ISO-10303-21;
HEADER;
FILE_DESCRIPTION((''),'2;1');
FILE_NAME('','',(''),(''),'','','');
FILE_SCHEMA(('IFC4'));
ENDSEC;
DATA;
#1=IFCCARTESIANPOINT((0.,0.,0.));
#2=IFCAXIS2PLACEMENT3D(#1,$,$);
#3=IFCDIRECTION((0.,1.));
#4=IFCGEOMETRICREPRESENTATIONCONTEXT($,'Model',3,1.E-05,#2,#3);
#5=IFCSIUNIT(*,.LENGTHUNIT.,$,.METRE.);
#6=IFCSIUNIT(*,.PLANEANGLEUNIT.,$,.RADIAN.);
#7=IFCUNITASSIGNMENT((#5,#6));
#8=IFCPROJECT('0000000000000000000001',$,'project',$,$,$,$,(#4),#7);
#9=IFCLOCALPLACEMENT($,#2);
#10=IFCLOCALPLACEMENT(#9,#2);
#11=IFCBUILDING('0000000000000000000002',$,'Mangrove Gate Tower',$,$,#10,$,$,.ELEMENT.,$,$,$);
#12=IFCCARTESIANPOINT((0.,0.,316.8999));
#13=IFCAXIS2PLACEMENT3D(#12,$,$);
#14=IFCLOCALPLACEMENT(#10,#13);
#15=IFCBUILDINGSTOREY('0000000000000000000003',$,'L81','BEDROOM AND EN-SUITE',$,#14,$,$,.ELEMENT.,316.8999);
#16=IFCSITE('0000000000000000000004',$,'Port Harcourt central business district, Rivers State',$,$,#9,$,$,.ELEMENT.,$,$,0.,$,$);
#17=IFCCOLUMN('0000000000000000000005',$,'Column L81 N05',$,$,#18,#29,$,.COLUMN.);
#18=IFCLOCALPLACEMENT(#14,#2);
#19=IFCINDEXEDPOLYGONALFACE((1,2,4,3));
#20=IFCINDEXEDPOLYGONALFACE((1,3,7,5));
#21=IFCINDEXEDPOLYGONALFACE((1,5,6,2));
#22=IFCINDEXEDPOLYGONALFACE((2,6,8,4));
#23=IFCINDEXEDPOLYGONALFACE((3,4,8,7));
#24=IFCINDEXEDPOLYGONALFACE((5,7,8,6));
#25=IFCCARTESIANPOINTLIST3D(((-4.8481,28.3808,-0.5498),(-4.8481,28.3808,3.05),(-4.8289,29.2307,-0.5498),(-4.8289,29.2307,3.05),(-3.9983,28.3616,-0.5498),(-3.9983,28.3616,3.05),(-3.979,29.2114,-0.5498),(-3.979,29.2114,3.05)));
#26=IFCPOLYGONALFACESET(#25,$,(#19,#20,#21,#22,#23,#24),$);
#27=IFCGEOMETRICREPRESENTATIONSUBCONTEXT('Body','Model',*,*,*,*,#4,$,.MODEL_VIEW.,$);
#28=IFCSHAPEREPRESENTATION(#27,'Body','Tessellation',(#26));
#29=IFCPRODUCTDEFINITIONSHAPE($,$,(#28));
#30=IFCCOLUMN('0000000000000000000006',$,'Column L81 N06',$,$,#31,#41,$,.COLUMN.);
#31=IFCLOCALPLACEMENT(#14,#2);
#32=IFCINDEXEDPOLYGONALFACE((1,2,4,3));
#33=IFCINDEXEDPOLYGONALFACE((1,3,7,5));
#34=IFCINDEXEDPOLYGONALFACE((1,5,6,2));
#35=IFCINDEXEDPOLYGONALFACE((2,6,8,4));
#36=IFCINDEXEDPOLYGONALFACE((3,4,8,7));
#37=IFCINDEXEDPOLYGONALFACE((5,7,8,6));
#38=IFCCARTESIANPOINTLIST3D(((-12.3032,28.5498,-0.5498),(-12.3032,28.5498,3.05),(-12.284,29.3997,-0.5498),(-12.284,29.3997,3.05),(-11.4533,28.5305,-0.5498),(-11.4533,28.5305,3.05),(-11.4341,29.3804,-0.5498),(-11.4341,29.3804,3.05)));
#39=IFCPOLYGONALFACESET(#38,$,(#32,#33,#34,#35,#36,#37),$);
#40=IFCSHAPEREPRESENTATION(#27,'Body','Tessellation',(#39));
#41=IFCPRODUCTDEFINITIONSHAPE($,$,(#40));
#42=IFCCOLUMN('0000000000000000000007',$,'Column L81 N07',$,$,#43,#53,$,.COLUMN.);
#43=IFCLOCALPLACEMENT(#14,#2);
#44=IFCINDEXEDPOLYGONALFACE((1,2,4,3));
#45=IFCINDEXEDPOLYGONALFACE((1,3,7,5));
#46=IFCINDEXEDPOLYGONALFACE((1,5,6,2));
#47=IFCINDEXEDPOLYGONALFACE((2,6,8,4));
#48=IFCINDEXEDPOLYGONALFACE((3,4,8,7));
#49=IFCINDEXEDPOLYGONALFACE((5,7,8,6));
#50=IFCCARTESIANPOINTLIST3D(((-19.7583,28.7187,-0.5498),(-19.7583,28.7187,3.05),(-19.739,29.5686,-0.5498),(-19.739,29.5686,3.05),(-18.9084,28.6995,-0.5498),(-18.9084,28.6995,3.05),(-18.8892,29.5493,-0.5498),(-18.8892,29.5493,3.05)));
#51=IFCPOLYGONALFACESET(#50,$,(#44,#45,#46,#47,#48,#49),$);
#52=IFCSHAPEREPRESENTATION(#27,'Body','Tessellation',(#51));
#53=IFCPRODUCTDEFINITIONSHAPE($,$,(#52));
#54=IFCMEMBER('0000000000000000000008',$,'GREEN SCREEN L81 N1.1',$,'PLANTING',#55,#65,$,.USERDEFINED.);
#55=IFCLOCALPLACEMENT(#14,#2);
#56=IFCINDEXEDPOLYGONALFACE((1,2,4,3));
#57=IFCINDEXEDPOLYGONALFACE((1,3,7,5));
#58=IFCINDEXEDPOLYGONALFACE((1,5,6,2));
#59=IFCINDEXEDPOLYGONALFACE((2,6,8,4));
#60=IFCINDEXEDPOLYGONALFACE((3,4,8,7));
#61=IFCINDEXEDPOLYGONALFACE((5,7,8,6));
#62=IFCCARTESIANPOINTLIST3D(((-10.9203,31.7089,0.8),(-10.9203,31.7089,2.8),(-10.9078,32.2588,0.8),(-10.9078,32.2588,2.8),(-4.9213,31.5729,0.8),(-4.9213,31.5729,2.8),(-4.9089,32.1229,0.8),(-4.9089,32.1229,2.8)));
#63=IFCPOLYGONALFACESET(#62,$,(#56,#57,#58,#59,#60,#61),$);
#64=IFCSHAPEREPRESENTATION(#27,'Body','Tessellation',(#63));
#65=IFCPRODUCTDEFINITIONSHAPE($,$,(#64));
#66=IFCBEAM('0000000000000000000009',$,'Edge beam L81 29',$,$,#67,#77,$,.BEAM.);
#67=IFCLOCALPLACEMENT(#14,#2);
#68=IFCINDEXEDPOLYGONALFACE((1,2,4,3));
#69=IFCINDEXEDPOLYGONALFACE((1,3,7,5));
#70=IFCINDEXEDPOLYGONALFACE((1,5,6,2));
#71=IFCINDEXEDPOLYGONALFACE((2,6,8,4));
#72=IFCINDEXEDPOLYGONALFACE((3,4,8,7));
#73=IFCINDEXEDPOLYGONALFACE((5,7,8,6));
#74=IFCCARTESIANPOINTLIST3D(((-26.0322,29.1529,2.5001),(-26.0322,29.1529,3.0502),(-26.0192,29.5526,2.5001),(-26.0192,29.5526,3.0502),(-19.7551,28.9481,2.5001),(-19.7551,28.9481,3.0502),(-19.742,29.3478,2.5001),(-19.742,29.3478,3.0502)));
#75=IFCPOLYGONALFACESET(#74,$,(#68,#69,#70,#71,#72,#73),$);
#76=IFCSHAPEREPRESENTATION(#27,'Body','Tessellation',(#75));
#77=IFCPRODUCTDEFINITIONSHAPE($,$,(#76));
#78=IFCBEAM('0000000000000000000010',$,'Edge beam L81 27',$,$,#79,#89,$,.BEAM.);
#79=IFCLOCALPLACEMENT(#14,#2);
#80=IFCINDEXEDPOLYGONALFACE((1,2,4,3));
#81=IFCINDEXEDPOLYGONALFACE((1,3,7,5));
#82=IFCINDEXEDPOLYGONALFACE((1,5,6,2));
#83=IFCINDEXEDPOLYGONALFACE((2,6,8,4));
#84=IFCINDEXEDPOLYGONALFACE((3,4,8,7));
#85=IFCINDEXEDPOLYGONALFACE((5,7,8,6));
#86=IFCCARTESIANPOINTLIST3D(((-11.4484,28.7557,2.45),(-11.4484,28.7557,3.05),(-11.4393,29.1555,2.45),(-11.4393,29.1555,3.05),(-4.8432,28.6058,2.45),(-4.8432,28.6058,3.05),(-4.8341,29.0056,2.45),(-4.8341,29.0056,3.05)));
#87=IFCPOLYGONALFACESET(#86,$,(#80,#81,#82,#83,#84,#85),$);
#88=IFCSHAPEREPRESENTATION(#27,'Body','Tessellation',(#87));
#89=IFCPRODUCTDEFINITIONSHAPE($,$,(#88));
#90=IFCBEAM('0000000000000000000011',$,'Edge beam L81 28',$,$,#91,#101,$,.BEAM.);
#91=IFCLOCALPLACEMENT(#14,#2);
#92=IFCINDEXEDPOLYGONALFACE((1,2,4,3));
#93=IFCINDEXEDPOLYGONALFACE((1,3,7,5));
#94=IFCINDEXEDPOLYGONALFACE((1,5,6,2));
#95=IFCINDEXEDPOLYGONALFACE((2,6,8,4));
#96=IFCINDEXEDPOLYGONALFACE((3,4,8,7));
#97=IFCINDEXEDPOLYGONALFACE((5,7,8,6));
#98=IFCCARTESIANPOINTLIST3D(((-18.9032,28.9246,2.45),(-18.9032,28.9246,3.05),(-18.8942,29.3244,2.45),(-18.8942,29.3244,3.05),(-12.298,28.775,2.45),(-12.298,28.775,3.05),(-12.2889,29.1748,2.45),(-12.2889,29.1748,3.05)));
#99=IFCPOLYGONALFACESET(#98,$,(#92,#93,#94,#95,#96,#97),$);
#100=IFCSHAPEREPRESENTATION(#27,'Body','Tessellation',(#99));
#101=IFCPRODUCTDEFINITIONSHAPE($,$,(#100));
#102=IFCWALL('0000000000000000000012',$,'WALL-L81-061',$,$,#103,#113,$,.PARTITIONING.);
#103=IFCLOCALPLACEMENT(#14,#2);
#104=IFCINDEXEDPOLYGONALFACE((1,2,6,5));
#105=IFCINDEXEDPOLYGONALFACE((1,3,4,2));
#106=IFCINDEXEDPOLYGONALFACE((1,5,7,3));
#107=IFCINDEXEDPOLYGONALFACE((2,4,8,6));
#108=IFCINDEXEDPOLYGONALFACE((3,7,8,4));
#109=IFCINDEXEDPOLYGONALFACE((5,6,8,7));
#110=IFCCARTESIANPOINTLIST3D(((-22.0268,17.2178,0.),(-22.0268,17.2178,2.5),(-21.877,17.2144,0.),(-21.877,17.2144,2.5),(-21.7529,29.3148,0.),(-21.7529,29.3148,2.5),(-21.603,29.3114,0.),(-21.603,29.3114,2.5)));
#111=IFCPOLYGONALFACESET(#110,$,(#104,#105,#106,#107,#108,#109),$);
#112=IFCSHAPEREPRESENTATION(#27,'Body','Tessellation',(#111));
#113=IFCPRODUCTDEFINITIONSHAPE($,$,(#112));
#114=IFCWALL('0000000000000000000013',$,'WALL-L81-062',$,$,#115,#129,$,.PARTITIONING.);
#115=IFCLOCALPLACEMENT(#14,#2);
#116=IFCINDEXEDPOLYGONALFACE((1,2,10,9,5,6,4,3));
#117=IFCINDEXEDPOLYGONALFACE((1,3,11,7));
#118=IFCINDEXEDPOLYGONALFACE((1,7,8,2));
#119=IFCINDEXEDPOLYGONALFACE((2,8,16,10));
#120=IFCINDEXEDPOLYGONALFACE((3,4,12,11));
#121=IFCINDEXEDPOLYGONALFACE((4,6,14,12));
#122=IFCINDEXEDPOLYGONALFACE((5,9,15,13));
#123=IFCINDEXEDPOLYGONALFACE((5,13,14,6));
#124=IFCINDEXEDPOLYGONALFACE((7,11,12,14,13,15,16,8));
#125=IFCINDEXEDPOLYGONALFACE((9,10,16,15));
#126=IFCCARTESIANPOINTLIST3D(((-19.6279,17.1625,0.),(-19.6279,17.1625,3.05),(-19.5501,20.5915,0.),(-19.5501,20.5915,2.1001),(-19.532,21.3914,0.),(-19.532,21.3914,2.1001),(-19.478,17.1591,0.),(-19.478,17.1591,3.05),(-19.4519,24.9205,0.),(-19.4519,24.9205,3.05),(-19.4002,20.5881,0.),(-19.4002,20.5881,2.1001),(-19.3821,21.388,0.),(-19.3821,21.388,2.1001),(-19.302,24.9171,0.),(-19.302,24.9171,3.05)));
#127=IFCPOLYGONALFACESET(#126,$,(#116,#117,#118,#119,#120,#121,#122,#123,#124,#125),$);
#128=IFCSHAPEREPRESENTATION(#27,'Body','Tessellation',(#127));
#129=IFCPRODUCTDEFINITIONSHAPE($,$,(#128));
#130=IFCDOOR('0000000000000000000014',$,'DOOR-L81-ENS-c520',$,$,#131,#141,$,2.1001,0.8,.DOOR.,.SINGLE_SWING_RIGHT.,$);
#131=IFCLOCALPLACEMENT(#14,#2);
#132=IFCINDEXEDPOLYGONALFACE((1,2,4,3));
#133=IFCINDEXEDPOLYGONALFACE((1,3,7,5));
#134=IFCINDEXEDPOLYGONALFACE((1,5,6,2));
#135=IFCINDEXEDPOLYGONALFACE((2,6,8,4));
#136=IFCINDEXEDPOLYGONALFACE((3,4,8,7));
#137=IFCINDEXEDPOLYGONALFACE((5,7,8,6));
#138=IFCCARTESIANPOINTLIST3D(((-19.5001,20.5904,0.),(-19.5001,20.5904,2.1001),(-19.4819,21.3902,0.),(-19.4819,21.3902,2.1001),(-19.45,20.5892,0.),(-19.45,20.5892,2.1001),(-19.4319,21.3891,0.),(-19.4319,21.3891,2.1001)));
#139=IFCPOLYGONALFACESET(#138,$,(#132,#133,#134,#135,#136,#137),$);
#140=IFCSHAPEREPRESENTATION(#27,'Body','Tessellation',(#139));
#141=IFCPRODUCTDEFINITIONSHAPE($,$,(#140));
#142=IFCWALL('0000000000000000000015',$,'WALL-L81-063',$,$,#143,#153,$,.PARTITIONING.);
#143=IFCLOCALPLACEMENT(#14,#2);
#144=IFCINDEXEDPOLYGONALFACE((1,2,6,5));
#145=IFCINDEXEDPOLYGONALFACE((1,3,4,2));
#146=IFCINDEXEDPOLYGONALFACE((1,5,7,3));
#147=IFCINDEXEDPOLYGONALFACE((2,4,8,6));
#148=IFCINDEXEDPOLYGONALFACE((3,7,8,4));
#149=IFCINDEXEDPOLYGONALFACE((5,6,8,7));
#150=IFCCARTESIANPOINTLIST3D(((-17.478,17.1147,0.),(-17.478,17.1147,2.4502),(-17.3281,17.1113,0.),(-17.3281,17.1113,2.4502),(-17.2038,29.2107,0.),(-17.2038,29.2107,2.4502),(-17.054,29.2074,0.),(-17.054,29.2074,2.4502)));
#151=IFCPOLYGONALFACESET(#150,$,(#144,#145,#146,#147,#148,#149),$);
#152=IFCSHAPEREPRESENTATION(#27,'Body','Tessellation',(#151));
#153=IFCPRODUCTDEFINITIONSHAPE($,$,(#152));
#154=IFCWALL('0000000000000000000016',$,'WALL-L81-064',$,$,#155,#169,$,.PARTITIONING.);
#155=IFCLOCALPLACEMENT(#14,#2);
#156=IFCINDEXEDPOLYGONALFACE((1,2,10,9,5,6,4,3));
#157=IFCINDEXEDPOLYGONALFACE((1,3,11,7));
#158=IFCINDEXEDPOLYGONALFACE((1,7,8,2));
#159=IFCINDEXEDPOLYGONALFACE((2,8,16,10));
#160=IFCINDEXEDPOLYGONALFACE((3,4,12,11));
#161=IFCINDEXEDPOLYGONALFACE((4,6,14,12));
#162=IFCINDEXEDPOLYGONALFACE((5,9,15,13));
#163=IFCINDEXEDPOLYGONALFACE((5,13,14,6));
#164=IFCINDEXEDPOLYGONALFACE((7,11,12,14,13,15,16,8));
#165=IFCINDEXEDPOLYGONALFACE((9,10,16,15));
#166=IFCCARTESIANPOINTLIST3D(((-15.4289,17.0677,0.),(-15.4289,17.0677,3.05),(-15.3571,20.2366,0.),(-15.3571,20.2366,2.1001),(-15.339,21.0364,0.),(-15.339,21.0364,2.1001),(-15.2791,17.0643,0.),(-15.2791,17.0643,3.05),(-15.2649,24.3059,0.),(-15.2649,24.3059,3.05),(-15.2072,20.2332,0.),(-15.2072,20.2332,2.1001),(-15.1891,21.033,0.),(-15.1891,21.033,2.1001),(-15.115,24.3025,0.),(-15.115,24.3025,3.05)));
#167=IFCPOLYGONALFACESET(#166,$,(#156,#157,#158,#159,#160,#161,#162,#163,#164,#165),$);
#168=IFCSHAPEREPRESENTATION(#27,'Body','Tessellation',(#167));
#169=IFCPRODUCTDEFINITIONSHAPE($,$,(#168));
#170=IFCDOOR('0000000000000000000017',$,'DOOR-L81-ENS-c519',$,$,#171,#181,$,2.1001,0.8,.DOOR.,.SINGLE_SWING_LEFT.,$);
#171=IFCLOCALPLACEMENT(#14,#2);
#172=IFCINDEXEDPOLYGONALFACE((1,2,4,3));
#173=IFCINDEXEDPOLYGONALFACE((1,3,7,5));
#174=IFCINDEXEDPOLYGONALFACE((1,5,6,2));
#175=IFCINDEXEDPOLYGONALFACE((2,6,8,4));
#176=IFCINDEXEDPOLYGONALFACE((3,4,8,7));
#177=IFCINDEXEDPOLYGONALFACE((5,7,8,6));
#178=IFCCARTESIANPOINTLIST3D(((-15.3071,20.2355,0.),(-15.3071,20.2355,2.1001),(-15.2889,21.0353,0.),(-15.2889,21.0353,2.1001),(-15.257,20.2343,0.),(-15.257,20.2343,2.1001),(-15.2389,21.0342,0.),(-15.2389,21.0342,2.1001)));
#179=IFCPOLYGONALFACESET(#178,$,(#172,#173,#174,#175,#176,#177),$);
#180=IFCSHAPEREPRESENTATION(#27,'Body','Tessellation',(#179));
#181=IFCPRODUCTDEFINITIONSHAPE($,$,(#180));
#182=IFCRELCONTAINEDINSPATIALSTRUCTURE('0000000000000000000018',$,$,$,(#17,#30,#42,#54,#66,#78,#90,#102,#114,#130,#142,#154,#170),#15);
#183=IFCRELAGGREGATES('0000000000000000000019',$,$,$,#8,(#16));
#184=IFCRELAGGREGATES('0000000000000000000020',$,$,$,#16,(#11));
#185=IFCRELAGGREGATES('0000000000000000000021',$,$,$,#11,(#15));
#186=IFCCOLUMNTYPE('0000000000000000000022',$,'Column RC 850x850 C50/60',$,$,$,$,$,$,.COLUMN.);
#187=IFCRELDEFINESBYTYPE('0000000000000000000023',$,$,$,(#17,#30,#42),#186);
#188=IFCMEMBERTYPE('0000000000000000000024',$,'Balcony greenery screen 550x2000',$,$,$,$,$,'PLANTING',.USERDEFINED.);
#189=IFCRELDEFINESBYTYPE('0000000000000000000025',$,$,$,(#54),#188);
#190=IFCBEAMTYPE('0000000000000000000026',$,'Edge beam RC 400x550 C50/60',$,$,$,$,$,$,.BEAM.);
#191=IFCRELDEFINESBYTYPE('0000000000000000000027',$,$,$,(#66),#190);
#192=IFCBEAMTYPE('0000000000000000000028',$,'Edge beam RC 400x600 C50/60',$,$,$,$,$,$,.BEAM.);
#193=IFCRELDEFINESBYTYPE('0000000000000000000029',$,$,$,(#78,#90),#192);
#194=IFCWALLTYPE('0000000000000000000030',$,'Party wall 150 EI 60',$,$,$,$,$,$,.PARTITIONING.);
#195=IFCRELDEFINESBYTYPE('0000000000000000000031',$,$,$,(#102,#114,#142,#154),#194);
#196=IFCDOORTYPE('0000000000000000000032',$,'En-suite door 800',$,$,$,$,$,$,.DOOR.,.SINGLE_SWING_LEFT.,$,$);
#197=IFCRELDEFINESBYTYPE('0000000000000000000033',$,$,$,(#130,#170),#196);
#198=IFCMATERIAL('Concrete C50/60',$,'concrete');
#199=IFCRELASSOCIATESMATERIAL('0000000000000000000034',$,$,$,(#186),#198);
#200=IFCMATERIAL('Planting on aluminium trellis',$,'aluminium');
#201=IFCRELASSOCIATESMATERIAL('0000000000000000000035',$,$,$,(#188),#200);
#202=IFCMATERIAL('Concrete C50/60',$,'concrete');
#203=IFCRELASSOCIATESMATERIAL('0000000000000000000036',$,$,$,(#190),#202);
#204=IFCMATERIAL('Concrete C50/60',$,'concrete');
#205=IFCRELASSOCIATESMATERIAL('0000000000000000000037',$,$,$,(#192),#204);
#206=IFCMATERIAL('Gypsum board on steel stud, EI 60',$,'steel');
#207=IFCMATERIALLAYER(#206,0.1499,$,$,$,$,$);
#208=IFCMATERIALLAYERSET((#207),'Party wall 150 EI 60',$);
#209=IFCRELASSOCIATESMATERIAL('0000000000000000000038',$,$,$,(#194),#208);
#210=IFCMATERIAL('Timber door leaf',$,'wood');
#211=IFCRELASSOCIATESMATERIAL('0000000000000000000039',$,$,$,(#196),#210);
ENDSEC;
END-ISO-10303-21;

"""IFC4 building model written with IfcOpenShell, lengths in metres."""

from ifc_helpers import new_model, si_unit, direction, frame, frame_2d, origin, origin_2d, place, context, subcontext, project, spatial, rectangle, extrude, material, layer, layer_set, material_profile, profile_set, type_object, element, fill, save


model = new_model("IFC4")

# Units and contexts
model_context = context("Model", 3, precision=1e-05, world=origin(), true_north=direction((0.0, 1.0)))
body_context = subcontext(model_context, "Body", "Model", "MODEL_VIEW")
ifc_project = project(units=[si_unit("LENGTHUNIT", "METRE"), si_unit("PLANEANGLEUNIT", "RADIAN")], contexts=[model_context])

# Site, building, storey
site_placement = place(None, origin())
site = spatial("IfcSite", under=ifc_project, at=site_placement, Name="Port Harcourt central business district, Rivers State", CompositionType="ELEMENT", RefElevation=0.0)
building_placement = place(site_placement, origin())
building = spatial("IfcBuilding", under=site, at=building_placement, Name="Mangrove Gate Tower", CompositionType="ELEMENT")
storey_placement = place(building_placement, frame((0.0, 0.0, 316.8999)))
storey = spatial("IfcBuildingStorey", under=building, at=storey_placement, Name="L81", Description="BEDROOM AND EN-SUITE", CompositionType="ELEMENT", Elevation=316.8999)

# Columns
ifc_material_1 = material(Name="Concrete C50/60", Category="concrete")
ifc_material_profile_1 = material_profile(ifc_material_1, rectangle(XDim=0.8501, YDim=0.8501, at=origin_2d()))
ifc_profile_set_1 = profile_set([ifc_material_profile_1], Name="Concrete C50/60")
column_type = type_object("IfcColumnType", Name="Column RC 850x850 C50/60", PredefinedType="COLUMN", material=ifc_profile_set_1)
for number, where, z_axis, x_axis, name in (
    (1, (-4.4136, 28.7961, -0.5498), (0.0, 0.0, 1.0), (-0.999743, 0.022664, 0.0), "Column L81 N05"),
    (2, (-11.8687, 28.9651, -0.5498), (0.0, 0.0, 1.0), (-0.999743, 0.022664, 0.0), "Column L81 N06"),
    (3, (-19.3237, 29.134, -0.5498), (0.0, 0.0, 1.0), (-0.999743, 0.022664, 0.0), "Column L81 N07"),
):
    element("IfcColumn", number, at=place(storey_placement, frame(where, z_axis=z_axis, x_axis=x_axis)), inside=storey, type_object=column_type, Name=name, PredefinedType="COLUMN", context=body_context, shape_type="SweptSolid", body=[
        extrude(rectangle(XDim=0.8501, YDim=0.8501, at=origin_2d()), origin(), (0.0, 0.0, 1.0), 3.5999),
    ])

# Member
ifc_material_2 = material(Name="Planting on aluminium trellis", Category="aluminium")
ifc_material_profile_2 = material_profile(ifc_material_2, rectangle(XDim=0.55, YDim=2.0, at=origin_2d()))
ifc_profile_set_2 = profile_set([ifc_material_profile_2], Name="Planting on aluminium trellis")
member_type = type_object("IfcMemberType", Name="Balcony greenery screen 550x2000", ElementType="PLANTING", PredefinedType="USERDEFINED", material=ifc_profile_set_2)
member_placement = place(storey_placement, frame((-10.9141, 31.9839, 1.8), z_axis=(0.999743, -0.022662, 0.0), x_axis=(0.022662, 0.999743, 0.0)))
element("IfcMember", 4, at=member_placement, inside=storey, type_object=member_type, Name="GREEN SCREEN L81 N1.1", ObjectType="PLANTING", PredefinedType="USERDEFINED", context=body_context, shape_type="SweptSolid", body=[
    extrude(rectangle(XDim=0.55, YDim=2.0, at=origin_2d()), origin(), (0.0, 0.0, 1.0), 6.0005),
])

# Beams
ifc_material_3 = material(Name="Concrete C50/60", Category="concrete")
ifc_material_profile_3 = material_profile(ifc_material_3, rectangle(XDim=0.3999, YDim=0.55, at=origin_2d()))
ifc_profile_set_3 = profile_set([ifc_material_profile_3], Name="Concrete C50/60")
beam_type_1 = type_object("IfcBeamType", Name="Edge beam RC 400x550 C50/60", PredefinedType="BEAM", material=ifc_profile_set_3)
beam_placement = place(storey_placement, frame((-19.7485, 29.1479, 2.7751), z_axis=(-0.999468, 0.032615, 0.0), x_axis=(-0.032615, -0.999468, 0.0)))
element("IfcBeam", 5, at=beam_placement, inside=storey, type_object=beam_type_1, Name="Edge beam L81 29", PredefinedType="BEAM", context=body_context, shape_type="SweptSolid", body=[
    extrude(rectangle(XDim=0.3999, YDim=0.55, at=origin_2d()), origin(), (0.0, 0.0, 1.0), 6.2805),
])
ifc_material_4 = material(Name="Concrete C50/60", Category="concrete")
ifc_material_profile_4 = material_profile(ifc_material_4, rectangle(XDim=0.3999, YDim=0.6001, at=origin_2d()))
ifc_profile_set_4 = profile_set([ifc_material_profile_4], Name="Concrete C50/60")
beam_type_2 = type_object("IfcBeamType", Name="Edge beam RC 400x600 C50/60", PredefinedType="BEAM", material=ifc_profile_set_4)
for number, where, z_axis, x_axis, name in (
    (6, (-4.8386, 28.8057, 2.75), (-0.999743, 0.022689, 0.0), (-0.022689, -0.999743, 0.0), "Edge beam L81 27"),
    (7, (-12.2935, 28.9749, 2.75), (-0.999743, 0.022652, 0.0), (-0.022652, -0.999743, 0.0), "Edge beam L81 28"),
):
    element("IfcBeam", number, at=place(storey_placement, frame(where, z_axis=z_axis, x_axis=x_axis)), inside=storey, type_object=beam_type_2, Name=name, PredefinedType="BEAM", context=body_context, shape_type="SweptSolid", body=[
        extrude(rectangle(XDim=0.3999, YDim=0.6001, at=origin_2d()), origin(), (0.0, 0.0, 1.0), 6.6069),
    ])

# Wall
ifc_material_5 = material(Name="Gypsum board on steel stud, EI 60", Category="steel")
ifc_layer_1 = layer(ifc_material_5, 0.1499)
ifc_layer_set_1 = layer_set([ifc_layer_1], Name="Party wall 150 EI 60")
wall_type_1 = type_object("IfcWallType", Name="Party wall 150 EI 60", PredefinedType="PARTITIONING", material=ifc_layer_set_1)
wall_1_placement = place(storey_placement, frame((-21.9519, 17.2161, 0.0), z_axis=(0.0, 0.0, 1.0), x_axis=(0.022638, 0.999744, 0.0)))
element("IfcWall", 8, at=wall_1_placement, inside=storey, type_object=wall_type_1, Name="WALL-L81-061", PredefinedType="PARTITIONING", context=body_context, shape_type="SweptSolid", body=[
    extrude(rectangle(XDim=12.1001, YDim=0.1499, at=frame_2d((6.05, 0.0))), origin(), (0.0, 0.0, 1.0), 2.5),
])

# Wall, opening, door
wall_2_placement = place(storey_placement, frame((-19.553, 17.1609, 0.0), z_axis=(0.0, 0.0, 1.0), x_axis=(0.022684, 0.999743, 0.0)))
wall_2 = element("IfcWall", 9, at=wall_2_placement, inside=storey, type_object=wall_type_1, Name="WALL-L81-062", PredefinedType="PARTITIONING", context=body_context, shape_type="SweptSolid", body=[
    extrude(rectangle(XDim=7.76, YDim=0.1499, at=frame_2d((3.8799, 0.0))), origin(), (0.0, 0.0, 1.0), 3.05),
])
opening_1_placement = place(wall_2_placement, frame((3.4299, 0.0, 0.0)))
opening_1 = element("IfcOpeningElement", 10, at=opening_1_placement, cuts=wall_2, PredefinedType="OPENING", context=body_context, shape_type="SweptSolid", body=[
    extrude(rectangle(XDim=0.8, YDim=2.1001, at=frame_2d((0.3999, 1.05))), frame((0.0, 0.085, 0.0), z_axis=(0.0, -1.0, 0.0), x_axis=(1.0, 0.0, 0.0)), (0.0, 0.0, 1.0), 0.1699),
])
ifc_material_6 = material(Name="Timber door leaf", Category="wood")
door_type = type_object("IfcDoorType", Name="En-suite door 800", OperationType="SINGLE_SWING_LEFT", PredefinedType="DOOR", material=ifc_material_6)
door_1_placement = place(opening_1_placement, origin())
door_1 = element("IfcDoor", 11, at=door_1_placement, inside=storey, type_object=door_type, Name="DOOR-L81-ENS-c520", OperationType="SINGLE_SWING_RIGHT", OverallHeight=2.1001, OverallWidth=0.8, PredefinedType="DOOR", context=body_context, shape_type="SweptSolid", body=[
    extrude(rectangle(XDim=0.8, YDim=2.1001, at=frame_2d((0.3999, 1.05))), frame((0.0, 0.0249, 0.0), z_axis=(0.0, -1.0, 0.0), x_axis=(1.0, 0.0, 0.0)), (0.0, 0.0, 1.0), 0.05),
])
fill(opening_1, door_1)

# Wall
wall_3_placement = place(storey_placement, frame((-17.4031, 17.113, 0.0), z_axis=(0.0, 0.0, 1.0), x_axis=(0.02266, 0.999743, 0.0)))
element("IfcWall", 12, at=wall_3_placement, inside=storey, type_object=wall_type_1, Name="WALL-L81-063", PredefinedType="PARTITIONING", context=body_context, shape_type="SweptSolid", body=[
    extrude(rectangle(XDim=12.0991, YDim=0.1499, at=frame_2d((6.0496, 0.0))), origin(), (0.0, 0.0, 1.0), 2.4502),
])

# Wall, opening, door
wall_4_placement = place(storey_placement, frame((-15.354, 17.0659, 0.0), z_axis=(0.0, 0.0, 1.0), x_axis=(0.022661, 0.999743, 0.0)))
wall_4 = element("IfcWall", 13, at=wall_4_placement, inside=storey, type_object=wall_type_1, Name="WALL-L81-064", PredefinedType="PARTITIONING", context=body_context, shape_type="SweptSolid", body=[
    extrude(rectangle(XDim=7.24, YDim=0.1499, at=frame_2d((3.6201, 0.0))), origin(), (0.0, 0.0, 1.0), 3.05),
])
opening_2_placement = place(wall_4_placement, frame((3.1699, 0.0, 0.0)))
opening_2 = element("IfcOpeningElement", 14, at=opening_2_placement, cuts=wall_4, PredefinedType="OPENING", context=body_context, shape_type="SweptSolid", body=[
    extrude(rectangle(XDim=0.8, YDim=2.1001, at=frame_2d((0.3999, 1.05))), frame((0.0, 0.085, 0.0), z_axis=(0.0, -1.0, 0.0), x_axis=(1.0, 0.0, 0.0)), (0.0, 0.0, 1.0), 0.1699),
])
door_2_placement = place(opening_2_placement, origin())
door_2 = element("IfcDoor", 15, at=door_2_placement, inside=storey, type_object=door_type, Name="DOOR-L81-ENS-c519", OperationType="SINGLE_SWING_LEFT", OverallHeight=2.1001, OverallWidth=0.8, PredefinedType="DOOR", context=body_context, shape_type="SweptSolid", body=[
    extrude(rectangle(XDim=0.8, YDim=2.1001, at=frame_2d((0.3999, 1.05))), frame((0.0, 0.0249, 0.0), z_axis=(0.0, -1.0, 0.0), x_axis=(1.0, 0.0, 0.0)), (0.0, 0.0, 1.0), 0.05),
])
fill(opening_2, door_2)

save(model, "model.ifc")
